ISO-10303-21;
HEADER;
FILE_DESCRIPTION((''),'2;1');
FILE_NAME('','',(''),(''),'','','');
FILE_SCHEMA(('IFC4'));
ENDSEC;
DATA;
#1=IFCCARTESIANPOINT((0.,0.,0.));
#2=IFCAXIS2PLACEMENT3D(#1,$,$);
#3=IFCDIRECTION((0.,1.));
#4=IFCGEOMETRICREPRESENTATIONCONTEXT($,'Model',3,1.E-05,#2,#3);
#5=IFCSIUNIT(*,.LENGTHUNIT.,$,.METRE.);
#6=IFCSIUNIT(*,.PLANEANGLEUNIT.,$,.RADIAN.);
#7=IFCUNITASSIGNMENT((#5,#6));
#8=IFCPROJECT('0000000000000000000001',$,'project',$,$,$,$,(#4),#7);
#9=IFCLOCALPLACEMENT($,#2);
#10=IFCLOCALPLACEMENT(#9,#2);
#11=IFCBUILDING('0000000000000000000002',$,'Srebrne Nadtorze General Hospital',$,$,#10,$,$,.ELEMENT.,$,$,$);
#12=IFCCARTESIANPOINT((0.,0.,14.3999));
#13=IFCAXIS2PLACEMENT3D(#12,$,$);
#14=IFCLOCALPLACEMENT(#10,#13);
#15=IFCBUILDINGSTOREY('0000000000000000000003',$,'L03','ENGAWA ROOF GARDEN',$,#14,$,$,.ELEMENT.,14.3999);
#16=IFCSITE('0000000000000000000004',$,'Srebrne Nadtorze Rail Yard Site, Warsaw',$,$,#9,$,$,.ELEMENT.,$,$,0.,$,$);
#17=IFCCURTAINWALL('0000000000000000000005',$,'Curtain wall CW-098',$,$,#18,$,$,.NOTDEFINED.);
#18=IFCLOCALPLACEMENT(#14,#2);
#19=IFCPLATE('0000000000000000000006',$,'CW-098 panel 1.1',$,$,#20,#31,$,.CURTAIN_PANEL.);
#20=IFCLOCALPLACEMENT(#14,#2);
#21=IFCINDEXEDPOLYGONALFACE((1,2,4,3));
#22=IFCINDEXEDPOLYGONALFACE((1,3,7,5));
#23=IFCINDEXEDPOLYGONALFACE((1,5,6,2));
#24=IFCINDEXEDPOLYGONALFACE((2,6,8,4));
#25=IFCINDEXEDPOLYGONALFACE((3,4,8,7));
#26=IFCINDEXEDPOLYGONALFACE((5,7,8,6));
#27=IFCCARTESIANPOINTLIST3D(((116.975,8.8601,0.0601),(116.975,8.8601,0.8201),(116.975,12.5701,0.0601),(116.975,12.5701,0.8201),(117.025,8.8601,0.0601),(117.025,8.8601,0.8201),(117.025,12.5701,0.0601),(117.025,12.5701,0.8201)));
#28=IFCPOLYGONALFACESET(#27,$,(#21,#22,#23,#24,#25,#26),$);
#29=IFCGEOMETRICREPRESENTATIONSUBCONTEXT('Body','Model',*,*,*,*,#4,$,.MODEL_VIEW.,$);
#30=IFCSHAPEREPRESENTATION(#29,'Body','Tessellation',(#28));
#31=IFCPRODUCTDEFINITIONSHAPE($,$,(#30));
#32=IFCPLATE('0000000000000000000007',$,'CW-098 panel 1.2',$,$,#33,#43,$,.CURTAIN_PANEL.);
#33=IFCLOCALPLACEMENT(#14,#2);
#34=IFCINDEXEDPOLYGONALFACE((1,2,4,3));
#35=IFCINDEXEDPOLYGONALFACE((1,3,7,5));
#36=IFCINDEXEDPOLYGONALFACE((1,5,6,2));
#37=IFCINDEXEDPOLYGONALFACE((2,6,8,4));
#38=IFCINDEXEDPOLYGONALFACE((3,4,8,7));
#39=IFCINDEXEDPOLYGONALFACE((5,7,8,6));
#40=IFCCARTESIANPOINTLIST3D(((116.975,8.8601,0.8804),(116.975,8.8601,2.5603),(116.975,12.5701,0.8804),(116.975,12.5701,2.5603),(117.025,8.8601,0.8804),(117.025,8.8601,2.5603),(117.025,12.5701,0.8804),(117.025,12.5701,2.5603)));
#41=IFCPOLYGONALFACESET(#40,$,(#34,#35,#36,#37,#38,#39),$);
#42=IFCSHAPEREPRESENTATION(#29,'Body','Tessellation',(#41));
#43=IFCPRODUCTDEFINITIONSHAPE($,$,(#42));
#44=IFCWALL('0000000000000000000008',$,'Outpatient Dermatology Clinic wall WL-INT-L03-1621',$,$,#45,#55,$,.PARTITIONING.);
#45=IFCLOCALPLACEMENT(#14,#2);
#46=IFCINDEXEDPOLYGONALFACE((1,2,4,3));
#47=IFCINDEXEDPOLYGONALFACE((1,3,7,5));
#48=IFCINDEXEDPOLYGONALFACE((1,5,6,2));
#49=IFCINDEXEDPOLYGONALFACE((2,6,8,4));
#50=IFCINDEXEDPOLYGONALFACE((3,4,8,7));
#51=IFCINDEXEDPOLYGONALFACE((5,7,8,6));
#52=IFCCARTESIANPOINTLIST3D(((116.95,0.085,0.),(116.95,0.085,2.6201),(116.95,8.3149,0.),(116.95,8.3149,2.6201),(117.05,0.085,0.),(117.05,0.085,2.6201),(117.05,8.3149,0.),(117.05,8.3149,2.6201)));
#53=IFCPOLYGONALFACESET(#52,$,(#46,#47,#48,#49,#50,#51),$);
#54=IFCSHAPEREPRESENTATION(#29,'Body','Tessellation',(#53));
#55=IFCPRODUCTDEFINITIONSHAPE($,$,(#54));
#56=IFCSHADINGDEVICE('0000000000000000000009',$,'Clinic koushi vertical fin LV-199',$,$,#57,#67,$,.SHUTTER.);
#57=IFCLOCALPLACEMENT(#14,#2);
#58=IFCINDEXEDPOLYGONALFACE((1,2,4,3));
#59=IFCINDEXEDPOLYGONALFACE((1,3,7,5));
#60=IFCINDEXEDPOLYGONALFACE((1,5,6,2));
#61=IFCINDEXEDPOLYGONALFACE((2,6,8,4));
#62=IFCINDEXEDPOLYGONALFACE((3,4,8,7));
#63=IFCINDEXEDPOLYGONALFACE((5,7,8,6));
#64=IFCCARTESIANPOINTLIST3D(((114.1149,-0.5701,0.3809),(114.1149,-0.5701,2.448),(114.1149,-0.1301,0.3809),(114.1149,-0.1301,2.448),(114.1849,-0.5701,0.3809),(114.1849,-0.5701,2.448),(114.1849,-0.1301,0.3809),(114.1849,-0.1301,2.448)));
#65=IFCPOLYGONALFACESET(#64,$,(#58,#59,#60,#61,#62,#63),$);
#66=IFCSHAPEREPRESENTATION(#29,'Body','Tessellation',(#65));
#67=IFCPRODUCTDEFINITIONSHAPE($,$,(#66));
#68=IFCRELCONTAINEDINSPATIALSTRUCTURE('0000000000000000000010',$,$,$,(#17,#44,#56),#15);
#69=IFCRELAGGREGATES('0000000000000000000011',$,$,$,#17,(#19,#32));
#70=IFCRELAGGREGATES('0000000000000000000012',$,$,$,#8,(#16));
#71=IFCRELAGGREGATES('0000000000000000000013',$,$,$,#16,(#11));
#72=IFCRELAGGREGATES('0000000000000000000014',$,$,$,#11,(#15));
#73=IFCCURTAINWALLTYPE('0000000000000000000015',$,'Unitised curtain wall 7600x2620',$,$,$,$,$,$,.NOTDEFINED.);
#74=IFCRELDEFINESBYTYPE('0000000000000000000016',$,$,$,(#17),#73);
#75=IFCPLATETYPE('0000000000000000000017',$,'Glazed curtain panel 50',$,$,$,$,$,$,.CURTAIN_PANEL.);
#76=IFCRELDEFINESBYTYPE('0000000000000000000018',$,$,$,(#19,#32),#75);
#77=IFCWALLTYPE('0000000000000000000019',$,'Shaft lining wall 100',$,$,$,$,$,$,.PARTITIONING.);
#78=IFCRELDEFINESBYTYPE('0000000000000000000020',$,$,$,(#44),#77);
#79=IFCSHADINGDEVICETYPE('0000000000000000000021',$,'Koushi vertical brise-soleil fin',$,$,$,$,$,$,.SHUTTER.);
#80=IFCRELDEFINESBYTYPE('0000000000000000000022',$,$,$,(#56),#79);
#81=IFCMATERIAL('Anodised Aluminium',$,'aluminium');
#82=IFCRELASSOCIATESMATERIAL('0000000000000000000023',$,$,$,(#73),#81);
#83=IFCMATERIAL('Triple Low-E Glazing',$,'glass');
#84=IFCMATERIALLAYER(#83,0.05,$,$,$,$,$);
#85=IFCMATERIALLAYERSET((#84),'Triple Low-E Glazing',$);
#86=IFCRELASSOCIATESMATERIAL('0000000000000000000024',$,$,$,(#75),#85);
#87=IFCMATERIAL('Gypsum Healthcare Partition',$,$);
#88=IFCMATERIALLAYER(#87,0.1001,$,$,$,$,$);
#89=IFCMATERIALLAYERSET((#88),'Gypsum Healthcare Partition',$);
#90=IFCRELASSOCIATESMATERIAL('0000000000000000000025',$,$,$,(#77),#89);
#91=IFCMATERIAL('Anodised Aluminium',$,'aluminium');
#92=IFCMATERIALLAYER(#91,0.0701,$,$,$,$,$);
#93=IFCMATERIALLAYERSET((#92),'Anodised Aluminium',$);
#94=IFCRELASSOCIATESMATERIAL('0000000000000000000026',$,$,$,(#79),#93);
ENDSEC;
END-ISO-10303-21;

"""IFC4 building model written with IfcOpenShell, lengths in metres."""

from ifc_helpers import new_model, si_unit, direction, frame, frame_2d, origin, origin_2d, place, context, subcontext, project, spatial, rectangle, extrude, material, layer, layer_set, type_object, element, aggregate, save


model = new_model("IFC4")

# Units and contexts
model_context = context("Model", 3, precision=1e-05, world=origin(), true_north=direction((0.0, 1.0)))
body_context = subcontext(model_context, "Body", "Model", "MODEL_VIEW")
ifc_project = project(units=[si_unit("LENGTHUNIT", "METRE"), si_unit("PLANEANGLEUNIT", "RADIAN")], contexts=[model_context])

# Site, building, storey
site_placement = place(None, origin())
site = spatial("IfcSite", under=ifc_project, at=site_placement, Name="Srebrne Nadtorze Rail Yard Site, Warsaw", CompositionType="ELEMENT", RefElevation=0.0)
building_placement = place(site_placement, origin())
building = spatial("IfcBuilding", under=site, at=building_placement, Name="Srebrne Nadtorze General Hospital", CompositionType="ELEMENT")
storey_placement = place(building_placement, frame((0.0, 0.0, 14.3999)))
storey = spatial("IfcBuildingStorey", under=building, at=storey_placement, Name="L03", Description="ENGAWA ROOF GARDEN", CompositionType="ELEMENT", Elevation=14.3999)

# Curtain wall
ifc_material_1 = material(Name="Anodised Aluminium", Category="aluminium")
curtain_wall_type = type_object("IfcCurtainWallType", Name="Unitised curtain wall 7600x2620", PredefinedType="NOTDEFINED", material=ifc_material_1)
curtain_wall_placement = place(storey_placement, origin())
curtain_wall = element("IfcCurtainWall", 1, at=curtain_wall_placement, inside=storey, type_object=curtain_wall_type, Name="Curtain wall CW-098", PredefinedType="NOTDEFINED")

# Plates
ifc_material_2 = material(Name="Triple Low-E Glazing", Category="glass")
ifc_layer_1 = layer(ifc_material_2, 0.05)
ifc_layer_set_1 = layer_set([ifc_layer_1], Name="Triple Low-E Glazing")
plate_type = type_object("IfcPlateType", Name="Glazed curtain panel 50", PredefinedType="CURTAIN_PANEL", material=ifc_layer_set_1)
plate_1_placement = place(storey_placement, frame((117.0, 10.7151, 0.0601), z_axis=(0.0, 0.0, 1.0), x_axis=(0.0, 1.0, 0.0)))
plate_1 = element("IfcPlate", 2, at=plate_1_placement, type_object=plate_type, Name="CW-098 panel 1.1", PredefinedType="CURTAIN_PANEL", context=body_context, shape_type="SweptSolid", body=[
    extrude(rectangle(XDim=3.71, YDim=0.05, at=origin_2d()), origin(), (0.0, 0.0, 1.0), 0.76),
])
plate_2_placement = place(storey_placement, frame((117.0, 10.7151, 0.8804), z_axis=(0.0, 0.0, 1.0), x_axis=(0.0, 1.0, 0.0)))
plate_2 = element("IfcPlate", 3, at=plate_2_placement, type_object=plate_type, Name="CW-098 panel 1.2", PredefinedType="CURTAIN_PANEL", context=body_context, shape_type="SweptSolid", body=[
    extrude(rectangle(XDim=3.71, YDim=0.05, at=origin_2d()), origin(), (0.0, 0.0, 1.0), 1.6799),
])
aggregate(curtain_wall, [plate_1, plate_2])

# Wall
ifc_material_3 = material(Name="Gypsum Healthcare Partition")
ifc_layer_2 = layer(ifc_material_3, 0.1001)
ifc_layer_set_2 = layer_set([ifc_layer_2], Name="Gypsum Healthcare Partition")
wall_type = type_object("IfcWallType", Name="Shaft lining wall 100", PredefinedType="PARTITIONING", material=ifc_layer_set_2)
wall_placement = place(storey_placement, frame((117.0, 0.085, 0.0), z_axis=(0.0, 0.0, 1.0), x_axis=(0.0, 1.0, 0.0)))
element("IfcWall", 4, at=wall_placement, inside=storey, type_object=wall_type, Name="Outpatient Dermatology Clinic wall WL-INT-L03-1621", PredefinedType="PARTITIONING", context=body_context, shape_type="SweptSolid", body=[
    extrude(rectangle(XDim=8.23, YDim=0.1001, at=frame_2d((4.115, 0.0))), origin(), (0.0, 0.0, 1.0), 2.6201),
])

# Shading device
ifc_material_4 = material(Name="Anodised Aluminium", Category="aluminium")
ifc_layer_3 = layer(ifc_material_4, 0.0701)
ifc_layer_set_3 = layer_set([ifc_layer_3], Name="Anodised Aluminium")
shading_device_type = type_object("IfcShadingDeviceType", Name="Koushi vertical brise-soleil fin", PredefinedType="SHUTTER", material=ifc_layer_set_3)
shading_device_placement = place(storey_placement, frame((114.1499, -0.3501, 0.3809), z_axis=(0.0, 0.0, 1.0), x_axis=(1.0, 0.0, 0.0)))
element("IfcShadingDevice", 5, at=shading_device_placement, inside=storey, type_object=shading_device_type, Name="Clinic koushi vertical fin LV-199", PredefinedType="SHUTTER", context=body_context, shape_type="SweptSolid", body=[
    extrude(rectangle(XDim=0.0701, YDim=0.4399, at=origin_2d()), origin(), (0.0, 0.0, 1.0), 2.0671),
])

save(model, "model.ifc")
